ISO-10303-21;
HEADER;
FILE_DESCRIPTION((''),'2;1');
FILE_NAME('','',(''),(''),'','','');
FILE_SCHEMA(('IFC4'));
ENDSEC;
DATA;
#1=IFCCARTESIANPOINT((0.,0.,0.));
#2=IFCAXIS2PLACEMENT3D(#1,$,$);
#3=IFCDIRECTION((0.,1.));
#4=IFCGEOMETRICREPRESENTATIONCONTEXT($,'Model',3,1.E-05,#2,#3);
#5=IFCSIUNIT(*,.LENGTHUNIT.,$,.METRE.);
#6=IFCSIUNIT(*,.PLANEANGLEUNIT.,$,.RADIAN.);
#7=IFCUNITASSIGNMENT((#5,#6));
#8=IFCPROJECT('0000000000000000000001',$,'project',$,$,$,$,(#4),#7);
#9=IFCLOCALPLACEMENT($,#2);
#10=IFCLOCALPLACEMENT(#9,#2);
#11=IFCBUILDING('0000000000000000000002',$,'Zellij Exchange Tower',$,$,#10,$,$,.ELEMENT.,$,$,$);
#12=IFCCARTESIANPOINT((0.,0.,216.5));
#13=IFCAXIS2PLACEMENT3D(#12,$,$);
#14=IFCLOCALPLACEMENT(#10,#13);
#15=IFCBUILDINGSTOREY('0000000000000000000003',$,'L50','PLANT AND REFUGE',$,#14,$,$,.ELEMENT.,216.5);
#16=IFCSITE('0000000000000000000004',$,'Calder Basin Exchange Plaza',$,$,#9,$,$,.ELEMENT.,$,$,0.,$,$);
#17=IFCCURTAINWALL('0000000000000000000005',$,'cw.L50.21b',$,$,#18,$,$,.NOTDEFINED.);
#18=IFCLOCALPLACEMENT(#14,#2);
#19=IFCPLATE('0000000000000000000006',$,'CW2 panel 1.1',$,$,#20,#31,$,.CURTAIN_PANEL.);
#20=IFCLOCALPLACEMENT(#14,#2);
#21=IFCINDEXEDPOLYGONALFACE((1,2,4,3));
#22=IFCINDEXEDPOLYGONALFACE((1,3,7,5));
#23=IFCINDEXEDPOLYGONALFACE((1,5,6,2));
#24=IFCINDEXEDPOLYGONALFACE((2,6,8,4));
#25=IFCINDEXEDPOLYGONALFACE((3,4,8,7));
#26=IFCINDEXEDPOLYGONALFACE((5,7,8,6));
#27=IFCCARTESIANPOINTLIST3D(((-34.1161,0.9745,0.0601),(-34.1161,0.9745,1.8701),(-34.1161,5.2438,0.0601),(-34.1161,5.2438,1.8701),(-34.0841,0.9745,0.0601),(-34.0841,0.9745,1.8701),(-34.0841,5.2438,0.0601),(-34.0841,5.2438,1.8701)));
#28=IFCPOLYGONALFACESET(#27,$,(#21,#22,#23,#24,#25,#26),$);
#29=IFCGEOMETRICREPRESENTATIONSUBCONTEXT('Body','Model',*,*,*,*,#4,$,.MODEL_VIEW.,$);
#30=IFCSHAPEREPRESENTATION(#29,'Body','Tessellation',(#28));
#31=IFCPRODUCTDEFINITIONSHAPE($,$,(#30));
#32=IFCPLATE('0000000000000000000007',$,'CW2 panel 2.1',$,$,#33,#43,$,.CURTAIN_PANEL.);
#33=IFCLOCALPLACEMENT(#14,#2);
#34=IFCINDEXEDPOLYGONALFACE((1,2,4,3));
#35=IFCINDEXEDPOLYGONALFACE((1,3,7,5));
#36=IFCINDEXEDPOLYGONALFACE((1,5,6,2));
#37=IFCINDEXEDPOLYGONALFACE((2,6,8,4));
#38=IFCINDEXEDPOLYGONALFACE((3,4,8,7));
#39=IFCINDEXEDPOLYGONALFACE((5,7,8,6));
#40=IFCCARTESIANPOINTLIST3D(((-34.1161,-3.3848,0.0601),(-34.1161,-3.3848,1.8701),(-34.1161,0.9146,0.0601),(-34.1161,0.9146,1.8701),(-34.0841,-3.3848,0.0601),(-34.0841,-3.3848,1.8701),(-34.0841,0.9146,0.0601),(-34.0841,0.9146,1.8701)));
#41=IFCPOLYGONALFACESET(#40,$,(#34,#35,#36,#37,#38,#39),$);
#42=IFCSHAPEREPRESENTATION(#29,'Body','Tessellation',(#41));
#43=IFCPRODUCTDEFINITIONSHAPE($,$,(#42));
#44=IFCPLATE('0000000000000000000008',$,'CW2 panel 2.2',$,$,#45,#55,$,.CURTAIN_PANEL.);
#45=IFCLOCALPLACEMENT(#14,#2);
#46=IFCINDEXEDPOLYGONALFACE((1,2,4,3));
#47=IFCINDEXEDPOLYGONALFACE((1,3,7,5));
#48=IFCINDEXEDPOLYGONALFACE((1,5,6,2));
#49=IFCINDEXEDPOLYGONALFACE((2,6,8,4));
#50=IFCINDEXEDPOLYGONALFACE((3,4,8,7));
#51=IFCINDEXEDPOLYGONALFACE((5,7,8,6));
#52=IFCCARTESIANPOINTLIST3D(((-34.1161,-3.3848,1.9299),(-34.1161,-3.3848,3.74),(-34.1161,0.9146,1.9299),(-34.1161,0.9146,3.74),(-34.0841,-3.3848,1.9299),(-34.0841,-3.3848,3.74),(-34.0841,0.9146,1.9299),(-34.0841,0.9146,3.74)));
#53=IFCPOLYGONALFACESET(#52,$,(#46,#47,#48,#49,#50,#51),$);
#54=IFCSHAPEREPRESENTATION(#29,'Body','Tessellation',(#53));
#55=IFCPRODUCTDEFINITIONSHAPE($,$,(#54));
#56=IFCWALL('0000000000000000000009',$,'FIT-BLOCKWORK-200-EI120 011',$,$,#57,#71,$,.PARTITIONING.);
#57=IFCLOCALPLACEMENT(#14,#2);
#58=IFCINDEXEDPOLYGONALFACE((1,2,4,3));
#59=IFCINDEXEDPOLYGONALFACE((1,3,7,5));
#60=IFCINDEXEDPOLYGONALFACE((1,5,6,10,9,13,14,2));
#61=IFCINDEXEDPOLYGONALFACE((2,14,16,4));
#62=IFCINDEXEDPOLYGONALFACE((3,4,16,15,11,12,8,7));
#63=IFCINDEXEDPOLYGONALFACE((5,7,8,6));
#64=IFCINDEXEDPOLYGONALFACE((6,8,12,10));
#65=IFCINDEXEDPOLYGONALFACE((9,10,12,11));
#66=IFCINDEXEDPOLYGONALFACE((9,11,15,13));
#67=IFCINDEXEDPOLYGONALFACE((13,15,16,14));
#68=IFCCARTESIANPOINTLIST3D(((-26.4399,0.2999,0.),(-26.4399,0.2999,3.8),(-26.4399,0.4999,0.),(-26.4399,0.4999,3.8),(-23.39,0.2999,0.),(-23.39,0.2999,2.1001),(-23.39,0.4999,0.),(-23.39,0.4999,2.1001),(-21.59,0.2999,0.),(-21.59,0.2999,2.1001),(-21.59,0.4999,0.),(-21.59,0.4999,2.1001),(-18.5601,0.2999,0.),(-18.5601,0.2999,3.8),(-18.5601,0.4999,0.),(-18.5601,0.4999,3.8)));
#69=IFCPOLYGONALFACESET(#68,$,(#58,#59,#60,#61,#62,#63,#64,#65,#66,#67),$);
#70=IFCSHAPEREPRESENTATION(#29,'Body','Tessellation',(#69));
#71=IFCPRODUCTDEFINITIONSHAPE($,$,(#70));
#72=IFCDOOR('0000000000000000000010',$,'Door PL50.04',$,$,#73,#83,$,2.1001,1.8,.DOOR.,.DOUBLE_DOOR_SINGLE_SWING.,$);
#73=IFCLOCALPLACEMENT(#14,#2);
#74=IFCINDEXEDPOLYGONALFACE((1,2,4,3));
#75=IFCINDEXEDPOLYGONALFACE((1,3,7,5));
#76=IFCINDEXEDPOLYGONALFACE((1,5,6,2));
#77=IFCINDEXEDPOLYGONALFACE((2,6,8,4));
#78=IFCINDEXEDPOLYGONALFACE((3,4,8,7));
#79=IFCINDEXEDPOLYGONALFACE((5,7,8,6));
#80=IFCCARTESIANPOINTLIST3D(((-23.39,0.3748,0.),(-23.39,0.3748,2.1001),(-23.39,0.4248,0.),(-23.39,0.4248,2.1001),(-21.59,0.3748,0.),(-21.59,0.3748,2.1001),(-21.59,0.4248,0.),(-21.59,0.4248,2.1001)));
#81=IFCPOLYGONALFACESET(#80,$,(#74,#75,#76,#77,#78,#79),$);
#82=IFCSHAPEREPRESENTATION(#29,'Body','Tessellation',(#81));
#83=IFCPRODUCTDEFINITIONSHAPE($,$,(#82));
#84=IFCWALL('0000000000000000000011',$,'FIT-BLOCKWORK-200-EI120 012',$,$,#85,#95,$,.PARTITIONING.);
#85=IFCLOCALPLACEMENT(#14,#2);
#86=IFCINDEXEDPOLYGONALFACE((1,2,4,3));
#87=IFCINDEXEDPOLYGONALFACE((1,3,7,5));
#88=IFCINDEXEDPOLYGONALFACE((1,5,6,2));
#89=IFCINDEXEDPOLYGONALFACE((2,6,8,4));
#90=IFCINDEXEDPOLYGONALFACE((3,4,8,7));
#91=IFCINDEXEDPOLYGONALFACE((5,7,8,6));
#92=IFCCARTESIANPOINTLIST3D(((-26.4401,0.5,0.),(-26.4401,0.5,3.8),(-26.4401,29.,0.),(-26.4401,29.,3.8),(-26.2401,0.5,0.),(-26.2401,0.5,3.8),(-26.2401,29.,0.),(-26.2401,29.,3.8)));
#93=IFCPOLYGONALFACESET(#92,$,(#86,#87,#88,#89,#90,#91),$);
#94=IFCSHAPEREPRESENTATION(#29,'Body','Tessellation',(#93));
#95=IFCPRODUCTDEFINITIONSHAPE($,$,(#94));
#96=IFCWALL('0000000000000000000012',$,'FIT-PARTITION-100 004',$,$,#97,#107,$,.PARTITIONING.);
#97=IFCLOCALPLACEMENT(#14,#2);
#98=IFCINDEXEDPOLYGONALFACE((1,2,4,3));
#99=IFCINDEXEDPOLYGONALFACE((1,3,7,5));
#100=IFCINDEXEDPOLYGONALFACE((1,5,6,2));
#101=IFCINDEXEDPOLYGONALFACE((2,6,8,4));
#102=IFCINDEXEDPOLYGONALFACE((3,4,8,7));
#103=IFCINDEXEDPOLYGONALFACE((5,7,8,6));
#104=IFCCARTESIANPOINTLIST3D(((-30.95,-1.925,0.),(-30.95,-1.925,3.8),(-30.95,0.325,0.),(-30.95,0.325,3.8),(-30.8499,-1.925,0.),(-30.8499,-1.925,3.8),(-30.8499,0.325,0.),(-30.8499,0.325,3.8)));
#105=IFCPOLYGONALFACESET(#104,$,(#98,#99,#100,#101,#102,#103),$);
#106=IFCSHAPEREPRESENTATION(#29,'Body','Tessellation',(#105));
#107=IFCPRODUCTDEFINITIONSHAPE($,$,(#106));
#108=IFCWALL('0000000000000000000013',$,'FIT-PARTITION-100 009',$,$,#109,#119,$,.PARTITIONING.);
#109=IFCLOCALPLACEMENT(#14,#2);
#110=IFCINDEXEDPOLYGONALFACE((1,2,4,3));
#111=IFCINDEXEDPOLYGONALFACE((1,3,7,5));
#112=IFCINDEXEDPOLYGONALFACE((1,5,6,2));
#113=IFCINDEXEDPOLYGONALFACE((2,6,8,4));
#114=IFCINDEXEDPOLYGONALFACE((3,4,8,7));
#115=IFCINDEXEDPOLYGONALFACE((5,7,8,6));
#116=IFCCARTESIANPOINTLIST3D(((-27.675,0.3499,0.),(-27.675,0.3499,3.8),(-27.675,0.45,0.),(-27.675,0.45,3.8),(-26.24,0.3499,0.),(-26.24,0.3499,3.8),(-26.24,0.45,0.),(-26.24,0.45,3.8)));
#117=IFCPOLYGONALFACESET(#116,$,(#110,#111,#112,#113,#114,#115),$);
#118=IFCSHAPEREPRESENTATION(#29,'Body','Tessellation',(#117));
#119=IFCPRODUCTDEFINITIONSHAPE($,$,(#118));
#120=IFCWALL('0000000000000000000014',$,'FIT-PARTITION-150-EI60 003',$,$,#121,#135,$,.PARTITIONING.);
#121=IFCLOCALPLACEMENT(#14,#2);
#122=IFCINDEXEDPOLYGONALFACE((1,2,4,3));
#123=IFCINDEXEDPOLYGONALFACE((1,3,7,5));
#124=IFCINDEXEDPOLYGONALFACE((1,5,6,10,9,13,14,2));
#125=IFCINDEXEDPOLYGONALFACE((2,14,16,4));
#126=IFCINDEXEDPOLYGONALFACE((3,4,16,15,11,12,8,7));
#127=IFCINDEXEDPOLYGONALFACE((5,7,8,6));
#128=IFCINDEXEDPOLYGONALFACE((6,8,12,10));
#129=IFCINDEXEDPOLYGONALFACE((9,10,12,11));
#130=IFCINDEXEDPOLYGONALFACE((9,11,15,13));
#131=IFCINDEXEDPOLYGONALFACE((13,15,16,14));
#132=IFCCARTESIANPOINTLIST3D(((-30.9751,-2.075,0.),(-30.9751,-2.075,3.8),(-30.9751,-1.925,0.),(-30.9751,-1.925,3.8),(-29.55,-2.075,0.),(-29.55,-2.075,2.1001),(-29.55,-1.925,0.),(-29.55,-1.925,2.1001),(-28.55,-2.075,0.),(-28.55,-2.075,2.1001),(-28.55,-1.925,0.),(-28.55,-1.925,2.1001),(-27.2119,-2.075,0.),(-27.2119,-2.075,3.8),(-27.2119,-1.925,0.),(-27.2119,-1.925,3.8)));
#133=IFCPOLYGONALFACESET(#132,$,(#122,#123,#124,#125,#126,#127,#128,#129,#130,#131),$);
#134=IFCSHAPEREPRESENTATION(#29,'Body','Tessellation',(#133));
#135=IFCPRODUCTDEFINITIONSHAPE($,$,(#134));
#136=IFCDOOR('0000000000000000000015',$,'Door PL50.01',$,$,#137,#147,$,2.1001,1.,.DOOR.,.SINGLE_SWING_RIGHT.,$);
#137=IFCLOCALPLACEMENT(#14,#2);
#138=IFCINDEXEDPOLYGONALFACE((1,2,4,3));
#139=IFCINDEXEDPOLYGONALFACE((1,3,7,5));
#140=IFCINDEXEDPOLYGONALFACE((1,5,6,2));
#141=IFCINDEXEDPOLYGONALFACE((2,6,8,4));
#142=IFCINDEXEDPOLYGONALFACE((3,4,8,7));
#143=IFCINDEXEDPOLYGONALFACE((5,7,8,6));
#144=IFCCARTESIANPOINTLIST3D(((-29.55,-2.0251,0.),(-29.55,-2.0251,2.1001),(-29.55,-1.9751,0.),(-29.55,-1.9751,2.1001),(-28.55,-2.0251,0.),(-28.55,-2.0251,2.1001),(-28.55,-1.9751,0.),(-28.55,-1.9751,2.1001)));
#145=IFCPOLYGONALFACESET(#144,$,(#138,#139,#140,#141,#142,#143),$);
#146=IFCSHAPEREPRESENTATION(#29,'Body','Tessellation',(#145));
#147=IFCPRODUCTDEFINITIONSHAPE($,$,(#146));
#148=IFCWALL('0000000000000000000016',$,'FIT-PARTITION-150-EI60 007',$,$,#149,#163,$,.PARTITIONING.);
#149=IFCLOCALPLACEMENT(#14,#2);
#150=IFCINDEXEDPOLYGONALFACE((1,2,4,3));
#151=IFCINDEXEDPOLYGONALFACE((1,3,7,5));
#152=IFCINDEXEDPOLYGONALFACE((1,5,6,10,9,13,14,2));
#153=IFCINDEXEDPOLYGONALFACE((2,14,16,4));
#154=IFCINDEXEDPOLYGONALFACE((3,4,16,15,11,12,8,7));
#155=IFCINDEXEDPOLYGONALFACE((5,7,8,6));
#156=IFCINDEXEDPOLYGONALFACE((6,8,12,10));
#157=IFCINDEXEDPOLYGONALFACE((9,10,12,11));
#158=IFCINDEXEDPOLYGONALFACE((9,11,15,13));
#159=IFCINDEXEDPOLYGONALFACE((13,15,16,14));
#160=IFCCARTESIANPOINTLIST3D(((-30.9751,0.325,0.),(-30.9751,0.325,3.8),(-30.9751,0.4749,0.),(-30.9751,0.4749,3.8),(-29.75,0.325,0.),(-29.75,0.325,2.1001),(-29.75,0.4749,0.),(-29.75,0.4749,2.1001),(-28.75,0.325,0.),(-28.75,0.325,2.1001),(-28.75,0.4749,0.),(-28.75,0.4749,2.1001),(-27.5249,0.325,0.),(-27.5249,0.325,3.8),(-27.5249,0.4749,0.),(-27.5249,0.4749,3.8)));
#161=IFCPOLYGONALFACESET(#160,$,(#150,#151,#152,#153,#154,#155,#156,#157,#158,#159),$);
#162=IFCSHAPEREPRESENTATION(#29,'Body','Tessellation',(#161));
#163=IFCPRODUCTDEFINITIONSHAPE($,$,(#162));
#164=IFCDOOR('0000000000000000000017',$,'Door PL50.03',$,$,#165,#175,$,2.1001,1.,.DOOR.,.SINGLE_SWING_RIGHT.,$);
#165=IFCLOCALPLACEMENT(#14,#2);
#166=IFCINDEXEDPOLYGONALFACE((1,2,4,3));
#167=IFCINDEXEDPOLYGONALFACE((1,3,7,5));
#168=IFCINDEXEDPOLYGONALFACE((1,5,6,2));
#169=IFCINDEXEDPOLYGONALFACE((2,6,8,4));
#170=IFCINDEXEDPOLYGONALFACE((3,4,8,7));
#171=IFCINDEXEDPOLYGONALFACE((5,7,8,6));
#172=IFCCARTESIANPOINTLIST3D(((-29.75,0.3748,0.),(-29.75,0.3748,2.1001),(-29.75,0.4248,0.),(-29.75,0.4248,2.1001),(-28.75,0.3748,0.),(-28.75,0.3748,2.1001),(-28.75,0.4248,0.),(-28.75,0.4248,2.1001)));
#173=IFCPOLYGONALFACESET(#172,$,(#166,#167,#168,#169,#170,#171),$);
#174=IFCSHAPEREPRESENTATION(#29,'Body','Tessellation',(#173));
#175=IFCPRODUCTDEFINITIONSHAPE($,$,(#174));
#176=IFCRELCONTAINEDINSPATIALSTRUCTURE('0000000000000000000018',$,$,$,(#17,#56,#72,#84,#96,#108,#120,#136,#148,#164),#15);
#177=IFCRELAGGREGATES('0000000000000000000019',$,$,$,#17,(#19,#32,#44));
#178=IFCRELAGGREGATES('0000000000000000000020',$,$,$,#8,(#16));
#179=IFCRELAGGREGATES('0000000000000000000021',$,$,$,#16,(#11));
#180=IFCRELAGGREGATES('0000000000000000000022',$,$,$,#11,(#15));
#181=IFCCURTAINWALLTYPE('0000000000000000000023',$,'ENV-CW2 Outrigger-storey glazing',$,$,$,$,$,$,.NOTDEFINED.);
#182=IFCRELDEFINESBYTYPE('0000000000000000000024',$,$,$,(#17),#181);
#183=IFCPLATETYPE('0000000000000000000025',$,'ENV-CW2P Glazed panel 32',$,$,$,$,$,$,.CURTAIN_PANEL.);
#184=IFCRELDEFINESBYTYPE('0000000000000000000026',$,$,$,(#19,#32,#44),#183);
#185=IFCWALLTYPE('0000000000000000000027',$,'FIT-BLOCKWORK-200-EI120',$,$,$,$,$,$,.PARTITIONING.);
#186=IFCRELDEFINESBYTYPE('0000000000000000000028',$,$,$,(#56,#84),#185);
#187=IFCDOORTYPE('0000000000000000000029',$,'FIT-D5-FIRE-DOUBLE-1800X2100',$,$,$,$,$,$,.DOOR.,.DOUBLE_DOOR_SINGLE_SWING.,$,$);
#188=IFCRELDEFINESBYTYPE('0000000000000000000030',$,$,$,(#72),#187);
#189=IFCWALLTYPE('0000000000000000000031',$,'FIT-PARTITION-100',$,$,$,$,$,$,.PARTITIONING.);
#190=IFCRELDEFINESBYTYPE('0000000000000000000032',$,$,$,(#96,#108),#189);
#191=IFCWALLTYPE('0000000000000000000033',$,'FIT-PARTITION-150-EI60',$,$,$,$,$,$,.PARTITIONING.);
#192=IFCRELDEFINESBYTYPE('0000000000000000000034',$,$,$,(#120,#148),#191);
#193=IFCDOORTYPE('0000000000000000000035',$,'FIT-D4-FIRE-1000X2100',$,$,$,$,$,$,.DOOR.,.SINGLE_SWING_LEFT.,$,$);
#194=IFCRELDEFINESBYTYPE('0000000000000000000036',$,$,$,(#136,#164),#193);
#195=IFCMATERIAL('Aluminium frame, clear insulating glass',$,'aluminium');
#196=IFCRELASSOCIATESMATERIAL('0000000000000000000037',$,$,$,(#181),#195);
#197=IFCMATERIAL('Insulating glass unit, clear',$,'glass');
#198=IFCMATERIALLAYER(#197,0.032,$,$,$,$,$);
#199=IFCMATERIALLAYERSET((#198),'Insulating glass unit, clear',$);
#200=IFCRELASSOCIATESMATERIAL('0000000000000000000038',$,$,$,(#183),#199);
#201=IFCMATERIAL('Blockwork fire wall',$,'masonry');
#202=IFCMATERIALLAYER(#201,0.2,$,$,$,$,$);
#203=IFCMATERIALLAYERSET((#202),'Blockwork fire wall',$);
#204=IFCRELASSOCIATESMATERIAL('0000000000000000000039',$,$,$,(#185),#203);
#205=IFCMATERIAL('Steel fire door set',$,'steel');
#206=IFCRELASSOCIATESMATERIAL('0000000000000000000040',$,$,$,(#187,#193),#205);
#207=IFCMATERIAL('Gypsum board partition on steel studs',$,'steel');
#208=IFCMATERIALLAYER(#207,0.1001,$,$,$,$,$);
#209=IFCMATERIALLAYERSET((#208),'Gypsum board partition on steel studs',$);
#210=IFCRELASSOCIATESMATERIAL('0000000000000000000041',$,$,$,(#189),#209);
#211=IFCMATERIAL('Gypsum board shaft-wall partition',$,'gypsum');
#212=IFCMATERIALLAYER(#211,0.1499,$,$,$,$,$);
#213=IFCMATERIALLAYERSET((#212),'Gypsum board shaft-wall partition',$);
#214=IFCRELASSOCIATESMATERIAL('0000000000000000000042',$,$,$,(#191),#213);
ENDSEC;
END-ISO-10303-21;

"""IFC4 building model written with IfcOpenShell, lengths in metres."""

from ifc_helpers import new_model, si_unit, direction, frame, frame_2d, origin, origin_2d, place, context, subcontext, project, spatial, rectangle, extrude, material, layer, layer_set, type_object, element, fill, aggregate, save


model = new_model("IFC4")

# Units and contexts
model_context = context("Model", 3, precision=1e-05, world=origin(), true_north=direction((0.0, 1.0)))
body_context = subcontext(model_context, "Body", "Model", "MODEL_VIEW")
ifc_project = project(units=[si_unit("LENGTHUNIT", "METRE"), si_unit("PLANEANGLEUNIT", "RADIAN")], contexts=[model_context])

# Site, building, storey
site_placement = place(None, origin())
site = spatial("IfcSite", under=ifc_project, at=site_placement, Name="Calder Basin Exchange Plaza", CompositionType="ELEMENT", RefElevation=0.0)
building_placement = place(site_placement, origin())
building = spatial("IfcBuilding", under=site, at=building_placement, Name="Zellij Exchange Tower", CompositionType="ELEMENT")
storey_placement = place(building_placement, frame((0.0, 0.0, 216.5)))
storey = spatial("IfcBuildingStorey", under=building, at=storey_placement, Name="L50", Description="PLANT AND REFUGE", CompositionType="ELEMENT", Elevation=216.5)

# Curtain wall
ifc_material_1 = material(Name="Aluminium frame, clear insulating glass", Category="aluminium")
curtain_wall_type = type_object("IfcCurtainWallType", Name="ENV-CW2 Outrigger-storey glazing", PredefinedType="NOTDEFINED", material=ifc_material_1)
curtain_wall_placement = place(storey_placement, origin())
curtain_wall = element("IfcCurtainWall", 1, at=curtain_wall_placement, inside=storey, type_object=curtain_wall_type, Name="cw.L50.21b", PredefinedType="NOTDEFINED")

# Plates
ifc_material_2 = material(Name="Insulating glass unit, clear", Category="glass")
ifc_layer_1 = layer(ifc_material_2, 0.032)
ifc_layer_set_1 = layer_set([ifc_layer_1], Name="Insulating glass unit, clear")
plate_type = type_object("IfcPlateType", Name="ENV-CW2P Glazed panel 32", PredefinedType="CURTAIN_PANEL", material=ifc_layer_set_1)
plate_1_placement = place(storey_placement, frame((-34.1001, 3.1091, 0.0601), z_axis=(0.0, 0.0, 1.0), x_axis=(0.0, -1.0, 0.0)))
plate_1 = element("IfcPlate", 2, at=plate_1_placement, type_object=plate_type, Name="CW2 panel 1.1", PredefinedType="CURTAIN_PANEL", context=body_context, shape_type="SweptSolid", body=[
    extrude(rectangle(XDim=4.2693, YDim=0.032, at=origin_2d()), origin(), (0.0, 0.0, 1.0), 1.8101),
])
plate_2_placement = place(storey_placement, frame((-34.1001, -1.2351, 0.0601), z_axis=(0.0, 0.0, 1.0), x_axis=(0.0, -1.0, 0.0)))
plate_2 = element("IfcPlate", 3, at=plate_2_placement, type_object=plate_type, Name="CW2 panel 2.1", PredefinedType="CURTAIN_PANEL", context=body_context, shape_type="SweptSolid", body=[
    extrude(rectangle(XDim=4.2993, YDim=0.032, at=origin_2d()), origin(), (0.0, 0.0, 1.0), 1.8101),
])
plate_3_placement = place(storey_placement, frame((-34.1001, -1.2351, 1.9299), z_axis=(0.0, 0.0, 1.0), x_axis=(0.0, -1.0, 0.0)))
plate_3 = element("IfcPlate", 4, at=plate_3_placement, type_object=plate_type, Name="CW2 panel 2.2", PredefinedType="CURTAIN_PANEL", context=body_context, shape_type="SweptSolid", body=[
    extrude(rectangle(XDim=4.2993, YDim=0.032, at=origin_2d()), origin(), (0.0, 0.0, 1.0), 1.8101),
])
aggregate(curtain_wall, [plate_1, plate_2, plate_3])

# Wall, opening, door
ifc_material_3 = material(Name="Blockwork fire wall", Category="masonry")
ifc_layer_2 = layer(ifc_material_3, 0.2)
ifc_layer_set_2 = layer_set([ifc_layer_2], Name="Blockwork fire wall")
wall_type_1 = type_object("IfcWallType", Name="FIT-BLOCKWORK-200-EI120", PredefinedType="PARTITIONING", material=ifc_layer_set_2)
wall_1_placement = place(storey_placement, frame((-26.4399, 0.3999, 0.0), z_axis=(0.0, 0.0, 1.0), x_axis=(1.0, 0.0, 0.0)))
wall_1 = element("IfcWall", 5, at=wall_1_placement, inside=storey, type_object=wall_type_1, Name="FIT-BLOCKWORK-200-EI120 011", PredefinedType="PARTITIONING", context=body_context, shape_type="SweptSolid", body=[
    extrude(rectangle(XDim=7.8799, YDim=0.2, at=frame_2d((3.9399, 0.0))), origin(), (0.0, 0.0, 1.0), 3.8),
])
opening_1_placement = place(wall_1_placement, frame((3.05, 0.0, 0.0)))
opening_1 = element("IfcOpeningElement", 6, at=opening_1_placement, cuts=wall_1, PredefinedType="OPENING", context=body_context, shape_type="SweptSolid", body=[
    extrude(rectangle(XDim=1.8, YDim=2.1001, at=frame_2d((0.8999, 1.05))), frame((0.0, 0.1118, 0.0), z_axis=(0.0, -1.0, 0.0), x_axis=(1.0, 0.0, 0.0)), (0.0, 0.0, 1.0), 0.2239),
])
ifc_material_4 = material(Name="Steel fire door set", Category="steel")
door_type_1 = type_object("IfcDoorType", Name="FIT-D5-FIRE-DOUBLE-1800X2100", OperationType="DOUBLE_DOOR_SINGLE_SWING", PredefinedType="DOOR", material=ifc_material_4)
door_1_placement = place(opening_1_placement, origin())
door_1 = element("IfcDoor", 7, at=door_1_placement, inside=storey, type_object=door_type_1, Name="Door PL50.04", OperationType="DOUBLE_DOOR_SINGLE_SWING", OverallHeight=2.1001, OverallWidth=1.8, PredefinedType="DOOR", context=body_context, shape_type="SweptSolid", body=[
    extrude(rectangle(XDim=1.8, YDim=2.1001, at=frame_2d((0.8999, 1.05))), frame((0.0, 0.0249, 0.0), z_axis=(0.0, -1.0, 0.0), x_axis=(1.0, 0.0, 0.0)), (0.0, 0.0, 1.0), 0.05),
])
fill(opening_1, door_1)

# Walls
wall_2_placement = place(storey_placement, frame((-26.3401, 0.5, 0.0), z_axis=(0.0, 0.0, 1.0), x_axis=(0.0, 1.0, 0.0)))
element("IfcWall", 8, at=wall_2_placement, inside=storey, type_object=wall_type_1, Name="FIT-BLOCKWORK-200-EI120 012", PredefinedType="PARTITIONING", context=body_context, shape_type="SweptSolid", body=[
    extrude(rectangle(XDim=28.5, YDim=0.2, at=frame_2d((14.25, 0.0))), origin(), (0.0, 0.0, 1.0), 3.8),
])
ifc_material_5 = material(Name="Gypsum board partition on steel studs", Category="steel")
ifc_layer_3 = layer(ifc_material_5, 0.1001)
ifc_layer_set_3 = layer_set([ifc_layer_3], Name="Gypsum board partition on steel studs")
wall_type_2 = type_object("IfcWallType", Name="FIT-PARTITION-100", PredefinedType="PARTITIONING", material=ifc_layer_set_3)
wall_3_placement = place(storey_placement, frame((-30.8999, -1.925, 0.0), z_axis=(0.0, 0.0, 1.0), x_axis=(0.0, 1.0, 0.0)))
element("IfcWall", 9, at=wall_3_placement, inside=storey, type_object=wall_type_2, Name="FIT-PARTITION-100 004", PredefinedType="PARTITIONING", context=body_context, shape_type="SweptSolid", body=[
    extrude(rectangle(XDim=2.25, YDim=0.1001, at=frame_2d((1.125, 0.0))), origin(), (0.0, 0.0, 1.0), 3.8),
])
wall_4_placement = place(storey_placement, frame((-27.675, 0.3999, 0.0), z_axis=(0.0, 0.0, 1.0), x_axis=(1.0, 0.0, 0.0)))
element("IfcWall", 10, at=wall_4_placement, inside=storey, type_object=wall_type_2, Name="FIT-PARTITION-100 009", PredefinedType="PARTITIONING", context=body_context, shape_type="SweptSolid", body=[
    extrude(rectangle(XDim=1.4351, YDim=0.1001, at=frame_2d((0.7175, 0.0))), origin(), (0.0, 0.0, 1.0), 3.8),
])

# Walls, openings, doors
ifc_material_6 = material(Name="Gypsum board shaft-wall partition", Category="gypsum")
ifc_layer_4 = layer(ifc_material_6, 0.1499)
ifc_layer_set_4 = layer_set([ifc_layer_4], Name="Gypsum board shaft-wall partition")
wall_type_3 = type_object("IfcWallType", Name="FIT-PARTITION-150-EI60", PredefinedType="PARTITIONING", material=ifc_layer_set_4)
wall_5_placement = place(storey_placement, frame((-30.9751, -2.0, 0.0), z_axis=(0.0, 0.0, 1.0), x_axis=(1.0, 0.0, 0.0)))
wall_5 = element("IfcWall", 11, at=wall_5_placement, inside=storey, type_object=wall_type_3, Name="FIT-PARTITION-150-EI60 003", PredefinedType="PARTITIONING", context=body_context, shape_type="SweptSolid", body=[
    extrude(rectangle(XDim=3.7632, YDim=0.1499, at=frame_2d((1.8816, 0.0))), origin(), (0.0, 0.0, 1.0), 3.8),
])
opening_2_placement = place(wall_5_placement, frame((1.425, 0.0, 0.0)))
opening_2 = element("IfcOpeningElement", 12, at=opening_2_placement, cuts=wall_5, PredefinedType="OPENING", context=body_context, shape_type="SweptSolid", body=[
    extrude(rectangle(XDim=1.0, YDim=2.1001, at=frame_2d((0.5, 1.05))), frame((0.0, 0.0869, 0.0), z_axis=(0.0, -1.0, 0.0), x_axis=(1.0, 0.0, 0.0)), (0.0, 0.0, 1.0), 0.1738),
])
door_type_2 = type_object("IfcDoorType", Name="FIT-D4-FIRE-1000X2100", OperationType="SINGLE_SWING_LEFT", PredefinedType="DOOR", material=ifc_material_4)
door_2_placement = place(opening_2_placement, origin())
door_2 = element("IfcDoor", 13, at=door_2_placement, inside=storey, type_object=door_type_2, Name="Door PL50.01", OperationType="SINGLE_SWING_RIGHT", OverallHeight=2.1001, OverallWidth=1.0, PredefinedType="DOOR", context=body_context, shape_type="SweptSolid", body=[
    extrude(rectangle(XDim=1.0, YDim=2.1001, at=frame_2d((0.5, 1.05))), frame((0.0, 0.0249, 0.0), z_axis=(0.0, -1.0, 0.0), x_axis=(1.0, 0.0, 0.0)), (0.0, 0.0, 1.0), 0.05),
])
fill(opening_2, door_2)
wall_6_placement = place(storey_placement, frame((-30.9751, 0.3999, 0.0), z_axis=(0.0, 0.0, 1.0), x_axis=(1.0, 0.0, 0.0)))
wall_6 = element("IfcWall", 14, at=wall_6_placement, inside=storey, type_object=wall_type_3, Name="FIT-PARTITION-150-EI60 007", PredefinedType="PARTITIONING", context=body_context, shape_type="SweptSolid", body=[
    extrude(rectangle(XDim=3.4502, YDim=0.1499, at=frame_2d((1.7251, 0.0))), origin(), (0.0, 0.0, 1.0), 3.8),
])
opening_3_placement = place(wall_6_placement, frame((1.2251, 0.0, 0.0)))
opening_3 = element("IfcOpeningElement", 15, at=opening_3_placement, cuts=wall_6, PredefinedType="OPENING", context=body_context, shape_type="SweptSolid", body=[
    extrude(rectangle(XDim=1.0, YDim=2.1001, at=frame_2d((0.5, 1.05))), frame((0.0, 0.0869, 0.0), z_axis=(0.0, -1.0, 0.0), x_axis=(1.0, 0.0, 0.0)), (0.0, 0.0, 1.0), 0.1738),
])
door_3_placement = place(opening_3_placement, origin())
door_3 = element("IfcDoor", 16, at=door_3_placement, inside=storey, type_object=door_type_2, Name="Door PL50.03", OperationType="SINGLE_SWING_RIGHT", OverallHeight=2.1001, OverallWidth=1.0, PredefinedType="DOOR", context=body_context, shape_type="SweptSolid", body=[
    extrude(rectangle(XDim=1.0, YDim=2.1001, at=frame_2d((0.5, 1.05))), frame((0.0, 0.0249, 0.0), z_axis=(0.0, -1.0, 0.0), x_axis=(1.0, 0.0, 0.0)), (0.0, 0.0, 1.0), 0.05),
])
fill(opening_3, door_3)

save(model, "model.ifc")
